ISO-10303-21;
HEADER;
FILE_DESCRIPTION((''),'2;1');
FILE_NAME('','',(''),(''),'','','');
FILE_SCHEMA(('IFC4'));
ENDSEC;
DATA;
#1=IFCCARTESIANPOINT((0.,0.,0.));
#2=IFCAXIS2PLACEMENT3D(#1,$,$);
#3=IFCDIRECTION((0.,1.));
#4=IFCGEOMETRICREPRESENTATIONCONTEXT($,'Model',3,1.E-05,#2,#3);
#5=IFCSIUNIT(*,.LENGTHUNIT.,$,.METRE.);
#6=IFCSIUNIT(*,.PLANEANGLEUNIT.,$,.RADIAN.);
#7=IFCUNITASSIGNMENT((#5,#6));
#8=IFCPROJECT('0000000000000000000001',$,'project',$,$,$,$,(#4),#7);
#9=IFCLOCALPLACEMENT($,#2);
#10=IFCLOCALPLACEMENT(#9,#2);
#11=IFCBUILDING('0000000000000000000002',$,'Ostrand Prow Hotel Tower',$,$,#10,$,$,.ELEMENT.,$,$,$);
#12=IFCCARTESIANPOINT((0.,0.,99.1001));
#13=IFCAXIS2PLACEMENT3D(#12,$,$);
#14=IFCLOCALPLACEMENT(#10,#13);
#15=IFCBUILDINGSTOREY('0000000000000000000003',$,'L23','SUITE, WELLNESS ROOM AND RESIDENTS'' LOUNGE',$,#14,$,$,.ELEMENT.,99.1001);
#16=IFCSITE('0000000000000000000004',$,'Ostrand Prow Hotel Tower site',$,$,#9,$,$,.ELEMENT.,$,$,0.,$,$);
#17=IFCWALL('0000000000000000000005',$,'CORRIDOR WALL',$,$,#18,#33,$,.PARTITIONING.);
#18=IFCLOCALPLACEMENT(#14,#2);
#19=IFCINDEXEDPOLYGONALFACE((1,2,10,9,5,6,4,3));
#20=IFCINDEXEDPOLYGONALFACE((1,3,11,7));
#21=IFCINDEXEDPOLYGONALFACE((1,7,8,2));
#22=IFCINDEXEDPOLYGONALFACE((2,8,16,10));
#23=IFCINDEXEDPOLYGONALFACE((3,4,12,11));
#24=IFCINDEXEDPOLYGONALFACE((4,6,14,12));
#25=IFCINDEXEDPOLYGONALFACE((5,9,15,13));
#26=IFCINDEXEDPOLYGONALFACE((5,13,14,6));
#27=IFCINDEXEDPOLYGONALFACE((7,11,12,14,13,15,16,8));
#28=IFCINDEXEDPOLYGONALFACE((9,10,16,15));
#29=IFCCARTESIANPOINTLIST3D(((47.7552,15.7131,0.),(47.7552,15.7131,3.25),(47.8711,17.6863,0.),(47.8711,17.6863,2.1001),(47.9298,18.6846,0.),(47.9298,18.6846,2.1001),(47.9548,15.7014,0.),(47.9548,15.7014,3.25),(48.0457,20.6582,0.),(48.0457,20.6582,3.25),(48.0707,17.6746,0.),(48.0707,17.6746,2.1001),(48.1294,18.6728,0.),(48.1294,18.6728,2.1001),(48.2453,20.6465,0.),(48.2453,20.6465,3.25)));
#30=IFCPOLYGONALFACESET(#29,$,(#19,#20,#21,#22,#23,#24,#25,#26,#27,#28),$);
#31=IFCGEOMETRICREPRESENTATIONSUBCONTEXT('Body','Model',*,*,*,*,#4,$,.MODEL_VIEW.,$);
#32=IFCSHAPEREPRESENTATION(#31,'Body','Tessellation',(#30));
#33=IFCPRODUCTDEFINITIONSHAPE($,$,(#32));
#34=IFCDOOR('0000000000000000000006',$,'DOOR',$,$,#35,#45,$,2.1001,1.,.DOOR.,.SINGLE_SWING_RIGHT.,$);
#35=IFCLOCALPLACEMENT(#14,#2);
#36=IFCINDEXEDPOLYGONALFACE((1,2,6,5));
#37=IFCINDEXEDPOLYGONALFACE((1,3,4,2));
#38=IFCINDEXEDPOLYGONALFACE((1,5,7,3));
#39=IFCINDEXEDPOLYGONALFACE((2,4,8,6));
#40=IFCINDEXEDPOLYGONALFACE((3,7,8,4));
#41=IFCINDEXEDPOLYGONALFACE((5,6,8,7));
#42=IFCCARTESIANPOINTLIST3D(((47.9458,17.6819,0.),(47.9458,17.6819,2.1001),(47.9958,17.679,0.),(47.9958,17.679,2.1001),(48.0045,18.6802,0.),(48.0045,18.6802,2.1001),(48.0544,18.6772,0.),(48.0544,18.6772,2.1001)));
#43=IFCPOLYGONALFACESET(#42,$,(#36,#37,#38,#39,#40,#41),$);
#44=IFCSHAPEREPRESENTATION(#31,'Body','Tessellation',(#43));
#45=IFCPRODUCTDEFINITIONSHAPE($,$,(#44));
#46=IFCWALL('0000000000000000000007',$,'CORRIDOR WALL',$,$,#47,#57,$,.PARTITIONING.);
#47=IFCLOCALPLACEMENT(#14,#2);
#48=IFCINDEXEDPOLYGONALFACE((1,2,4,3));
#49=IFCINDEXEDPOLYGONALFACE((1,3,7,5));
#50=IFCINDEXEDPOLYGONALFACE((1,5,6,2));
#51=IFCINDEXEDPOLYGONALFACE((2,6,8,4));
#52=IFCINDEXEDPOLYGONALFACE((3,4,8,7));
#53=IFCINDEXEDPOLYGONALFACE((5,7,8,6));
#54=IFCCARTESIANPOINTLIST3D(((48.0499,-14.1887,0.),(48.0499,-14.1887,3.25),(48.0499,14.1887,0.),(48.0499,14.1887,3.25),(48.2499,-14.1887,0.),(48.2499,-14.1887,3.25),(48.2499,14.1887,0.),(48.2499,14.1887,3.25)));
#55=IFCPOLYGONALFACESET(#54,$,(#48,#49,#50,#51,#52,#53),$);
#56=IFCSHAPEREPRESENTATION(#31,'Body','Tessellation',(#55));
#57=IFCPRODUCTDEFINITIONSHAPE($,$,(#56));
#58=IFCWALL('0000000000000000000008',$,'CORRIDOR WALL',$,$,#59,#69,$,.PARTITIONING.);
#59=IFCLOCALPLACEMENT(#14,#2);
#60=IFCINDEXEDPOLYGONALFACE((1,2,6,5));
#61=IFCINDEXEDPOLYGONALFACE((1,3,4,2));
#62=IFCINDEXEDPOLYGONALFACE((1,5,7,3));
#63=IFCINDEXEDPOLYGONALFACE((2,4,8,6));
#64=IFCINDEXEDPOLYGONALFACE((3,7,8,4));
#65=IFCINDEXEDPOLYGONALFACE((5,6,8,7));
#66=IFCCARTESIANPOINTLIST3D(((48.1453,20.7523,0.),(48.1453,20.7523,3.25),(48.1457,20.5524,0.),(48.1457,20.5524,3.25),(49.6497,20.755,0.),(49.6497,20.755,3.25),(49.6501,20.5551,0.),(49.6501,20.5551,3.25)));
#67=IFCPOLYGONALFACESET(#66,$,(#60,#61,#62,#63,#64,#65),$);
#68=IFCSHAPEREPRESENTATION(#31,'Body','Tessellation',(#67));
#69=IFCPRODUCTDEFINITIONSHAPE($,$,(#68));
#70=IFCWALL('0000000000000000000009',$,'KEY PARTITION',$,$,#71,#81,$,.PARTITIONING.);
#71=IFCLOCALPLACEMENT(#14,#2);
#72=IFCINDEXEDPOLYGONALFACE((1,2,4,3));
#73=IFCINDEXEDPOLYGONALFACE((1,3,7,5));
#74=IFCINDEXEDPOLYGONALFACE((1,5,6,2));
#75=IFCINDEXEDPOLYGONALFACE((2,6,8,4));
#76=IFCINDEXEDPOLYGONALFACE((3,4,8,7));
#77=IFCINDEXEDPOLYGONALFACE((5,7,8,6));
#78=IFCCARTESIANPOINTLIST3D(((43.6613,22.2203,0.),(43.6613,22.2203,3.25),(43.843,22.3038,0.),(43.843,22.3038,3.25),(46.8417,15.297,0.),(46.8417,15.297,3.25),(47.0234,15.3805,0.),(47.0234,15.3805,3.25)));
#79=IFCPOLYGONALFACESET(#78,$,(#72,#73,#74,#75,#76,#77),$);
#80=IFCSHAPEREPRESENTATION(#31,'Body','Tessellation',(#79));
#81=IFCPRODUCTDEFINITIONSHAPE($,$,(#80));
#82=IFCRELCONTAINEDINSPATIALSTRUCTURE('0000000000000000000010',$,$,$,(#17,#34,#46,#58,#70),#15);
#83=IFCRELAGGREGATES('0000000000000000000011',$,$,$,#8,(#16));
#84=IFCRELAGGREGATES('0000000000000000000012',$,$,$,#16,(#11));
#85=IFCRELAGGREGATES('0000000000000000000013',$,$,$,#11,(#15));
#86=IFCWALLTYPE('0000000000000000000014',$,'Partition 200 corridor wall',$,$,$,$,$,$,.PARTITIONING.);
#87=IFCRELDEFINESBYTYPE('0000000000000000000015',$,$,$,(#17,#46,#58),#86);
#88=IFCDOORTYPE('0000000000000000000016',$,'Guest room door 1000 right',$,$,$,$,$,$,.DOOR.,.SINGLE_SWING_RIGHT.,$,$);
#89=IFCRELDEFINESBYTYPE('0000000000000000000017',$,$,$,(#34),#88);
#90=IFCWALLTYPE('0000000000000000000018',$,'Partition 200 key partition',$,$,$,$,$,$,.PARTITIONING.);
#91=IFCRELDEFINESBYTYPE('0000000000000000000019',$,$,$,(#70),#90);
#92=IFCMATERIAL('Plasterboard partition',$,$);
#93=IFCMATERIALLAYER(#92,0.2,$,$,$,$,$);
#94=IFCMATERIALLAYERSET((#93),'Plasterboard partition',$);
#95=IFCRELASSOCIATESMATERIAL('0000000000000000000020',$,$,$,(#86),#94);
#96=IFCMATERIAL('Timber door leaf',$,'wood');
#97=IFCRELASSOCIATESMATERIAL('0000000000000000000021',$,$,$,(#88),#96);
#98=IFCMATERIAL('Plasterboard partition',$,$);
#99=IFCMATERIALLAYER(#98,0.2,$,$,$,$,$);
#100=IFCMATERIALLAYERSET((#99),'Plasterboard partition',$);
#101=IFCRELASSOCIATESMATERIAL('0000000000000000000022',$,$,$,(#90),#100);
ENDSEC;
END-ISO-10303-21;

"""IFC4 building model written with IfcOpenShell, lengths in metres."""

from ifc_helpers import new_model, si_unit, direction, frame, frame_2d, origin, place, context, subcontext, project, spatial, rectangle, extrude, material, layer, layer_set, type_object, element, fill, save


model = new_model("IFC4")

# Units and contexts
model_context = context("Model", 3, precision=1e-05, world=origin(), true_north=direction((0.0, 1.0)))
body_context = subcontext(model_context, "Body", "Model", "MODEL_VIEW")
ifc_project = project(units=[si_unit("LENGTHUNIT", "METRE"), si_unit("PLANEANGLEUNIT", "RADIAN")], contexts=[model_context])

# Site, building, storey
site_placement = place(None, origin())
site = spatial("IfcSite", under=ifc_project, at=site_placement, Name="Ostrand Prow Hotel Tower site", CompositionType="ELEMENT", RefElevation=0.0)
building_placement = place(site_placement, origin())
building = spatial("IfcBuilding", under=site, at=building_placement, Name="Ostrand Prow Hotel Tower", CompositionType="ELEMENT")
storey_placement = place(building_placement, frame((0.0, 0.0, 99.1001)))
storey = spatial("IfcBuildingStorey", under=building, at=storey_placement, Name="L23", Description="SUITE, WELLNESS ROOM AND RESIDENTS' LOUNGE", CompositionType="ELEMENT", Elevation=99.1001)

# Shared definitions
ifc_material_1 = material(Name="Plasterboard partition")
ifc_layer_1 = layer(ifc_material_1, 0.2)
ifc_layer_set_1 = layer_set([ifc_layer_1], Name="Plasterboard partition")
wall_type_1 = type_object("IfcWallType", Name="Partition 200 corridor wall", PredefinedType="PARTITIONING", material=ifc_layer_set_1)

# Wall, opening, door
wall_1_placement = place(storey_placement, frame((48.1455, 20.6523, 0.0), z_axis=(0.0, 0.0, 1.0), x_axis=(-0.05865, -0.998279, 0.0)))
wall_1 = element("IfcWall", 1, at=wall_1_placement, inside=storey, type_object=wall_type_1, Name="CORRIDOR WALL", PredefinedType="PARTITIONING", context=body_context, shape_type="SweptSolid", body=[
    extrude(rectangle(XDim=4.9536, YDim=0.2, at=frame_2d((2.4768, 0.0))), origin(), (0.0, 0.0, 1.0), 3.25),
])
opening_1_placement = place(wall_1_placement, frame((1.9771, 0.0, 0.0)))
opening_1 = element("IfcOpeningElement", 2, at=opening_1_placement, cuts=wall_1, PredefinedType="OPENING", context=body_context, shape_type="SweptSolid", body=[
    extrude(rectangle(XDim=1.0, YDim=2.1001, at=frame_2d((0.5, 1.05))), frame((0.0, 0.1099, 0.0), z_axis=(0.0, -1.0, 0.0), x_axis=(1.0, 0.0, 0.0)), (0.0, 0.0, 1.0), 0.22),
])
ifc_material_2 = material(Name="Timber door leaf", Category="wood")
door_type_1 = type_object("IfcDoorType", Name="Guest room door 1000 right", OperationType="SINGLE_SWING_RIGHT", PredefinedType="DOOR", material=ifc_material_2)
door_1_placement = place(opening_1_placement, origin())
door_1 = element("IfcDoor", 3, at=door_1_placement, inside=storey, type_object=door_type_1, Name="DOOR", OperationType="SINGLE_SWING_RIGHT", OverallHeight=2.1001, OverallWidth=1.0, PredefinedType="DOOR", context=body_context, shape_type="SweptSolid", body=[
    extrude(rectangle(XDim=1.0, YDim=2.1001, at=frame_2d((0.5, 1.05))), frame((0.0, 0.0249, 0.0), z_axis=(0.0, -1.0, 0.0), x_axis=(1.0, 0.0, 0.0)), (0.0, 0.0, 1.0), 0.05),
])
fill(opening_1, door_1)

# Walls
wall_2_placement = place(storey_placement, frame((48.1499, 14.1887, 0.0), z_axis=(0.0, 0.0, 1.0), x_axis=(0.0, -1.0, 0.0)))
element("IfcWall", 4, at=wall_2_placement, inside=storey, type_object=wall_type_1, Name="CORRIDOR WALL", PredefinedType="PARTITIONING", context=body_context, shape_type="SweptSolid", body=[
    extrude(rectangle(XDim=28.3774, YDim=0.2, at=frame_2d((14.1887, 0.0))), origin(), (0.0, 0.0, 1.0), 3.25),
])
wall_3_placement = place(storey_placement, frame((49.6499, 20.655, 0.0), z_axis=(0.0, 0.0, 1.0), x_axis=(-0.999998, -0.001785, 0.0)))
element("IfcWall", 5, at=wall_3_placement, inside=storey, type_object=wall_type_1, Name="CORRIDOR WALL", PredefinedType="PARTITIONING", context=body_context, shape_type="SweptSolid", body=[
    extrude(rectangle(XDim=1.5044, YDim=0.2, at=frame_2d((0.7522, 0.0))), origin(), (0.0, 0.0, 1.0), 3.25),
])
ifc_material_3 = material(Name="Plasterboard partition")
ifc_layer_2 = layer(ifc_material_3, 0.2)
ifc_layer_set_2 = layer_set([ifc_layer_2], Name="Plasterboard partition")
wall_type_2 = type_object("IfcWallType", Name="Partition 200 key partition", PredefinedType="PARTITIONING", material=ifc_layer_set_2)
wall_4_placement = place(storey_placement, frame((46.9326, 15.3386, 0.0), z_axis=(0.0, 0.0, 1.0), x_axis=(-0.417438, 0.908705, 0.0)))
element("IfcWall", 6, at=wall_4_placement, inside=storey, type_object=wall_type_2, Name="KEY PARTITION", PredefinedType="PARTITIONING", context=body_context, shape_type="SweptSolid", body=[
    extrude(rectangle(XDim=7.6189, YDim=0.2, at=frame_2d((3.8096, 0.0))), origin(), (0.0, 0.0, 1.0), 3.25),
])

save(model, "model.ifc")
